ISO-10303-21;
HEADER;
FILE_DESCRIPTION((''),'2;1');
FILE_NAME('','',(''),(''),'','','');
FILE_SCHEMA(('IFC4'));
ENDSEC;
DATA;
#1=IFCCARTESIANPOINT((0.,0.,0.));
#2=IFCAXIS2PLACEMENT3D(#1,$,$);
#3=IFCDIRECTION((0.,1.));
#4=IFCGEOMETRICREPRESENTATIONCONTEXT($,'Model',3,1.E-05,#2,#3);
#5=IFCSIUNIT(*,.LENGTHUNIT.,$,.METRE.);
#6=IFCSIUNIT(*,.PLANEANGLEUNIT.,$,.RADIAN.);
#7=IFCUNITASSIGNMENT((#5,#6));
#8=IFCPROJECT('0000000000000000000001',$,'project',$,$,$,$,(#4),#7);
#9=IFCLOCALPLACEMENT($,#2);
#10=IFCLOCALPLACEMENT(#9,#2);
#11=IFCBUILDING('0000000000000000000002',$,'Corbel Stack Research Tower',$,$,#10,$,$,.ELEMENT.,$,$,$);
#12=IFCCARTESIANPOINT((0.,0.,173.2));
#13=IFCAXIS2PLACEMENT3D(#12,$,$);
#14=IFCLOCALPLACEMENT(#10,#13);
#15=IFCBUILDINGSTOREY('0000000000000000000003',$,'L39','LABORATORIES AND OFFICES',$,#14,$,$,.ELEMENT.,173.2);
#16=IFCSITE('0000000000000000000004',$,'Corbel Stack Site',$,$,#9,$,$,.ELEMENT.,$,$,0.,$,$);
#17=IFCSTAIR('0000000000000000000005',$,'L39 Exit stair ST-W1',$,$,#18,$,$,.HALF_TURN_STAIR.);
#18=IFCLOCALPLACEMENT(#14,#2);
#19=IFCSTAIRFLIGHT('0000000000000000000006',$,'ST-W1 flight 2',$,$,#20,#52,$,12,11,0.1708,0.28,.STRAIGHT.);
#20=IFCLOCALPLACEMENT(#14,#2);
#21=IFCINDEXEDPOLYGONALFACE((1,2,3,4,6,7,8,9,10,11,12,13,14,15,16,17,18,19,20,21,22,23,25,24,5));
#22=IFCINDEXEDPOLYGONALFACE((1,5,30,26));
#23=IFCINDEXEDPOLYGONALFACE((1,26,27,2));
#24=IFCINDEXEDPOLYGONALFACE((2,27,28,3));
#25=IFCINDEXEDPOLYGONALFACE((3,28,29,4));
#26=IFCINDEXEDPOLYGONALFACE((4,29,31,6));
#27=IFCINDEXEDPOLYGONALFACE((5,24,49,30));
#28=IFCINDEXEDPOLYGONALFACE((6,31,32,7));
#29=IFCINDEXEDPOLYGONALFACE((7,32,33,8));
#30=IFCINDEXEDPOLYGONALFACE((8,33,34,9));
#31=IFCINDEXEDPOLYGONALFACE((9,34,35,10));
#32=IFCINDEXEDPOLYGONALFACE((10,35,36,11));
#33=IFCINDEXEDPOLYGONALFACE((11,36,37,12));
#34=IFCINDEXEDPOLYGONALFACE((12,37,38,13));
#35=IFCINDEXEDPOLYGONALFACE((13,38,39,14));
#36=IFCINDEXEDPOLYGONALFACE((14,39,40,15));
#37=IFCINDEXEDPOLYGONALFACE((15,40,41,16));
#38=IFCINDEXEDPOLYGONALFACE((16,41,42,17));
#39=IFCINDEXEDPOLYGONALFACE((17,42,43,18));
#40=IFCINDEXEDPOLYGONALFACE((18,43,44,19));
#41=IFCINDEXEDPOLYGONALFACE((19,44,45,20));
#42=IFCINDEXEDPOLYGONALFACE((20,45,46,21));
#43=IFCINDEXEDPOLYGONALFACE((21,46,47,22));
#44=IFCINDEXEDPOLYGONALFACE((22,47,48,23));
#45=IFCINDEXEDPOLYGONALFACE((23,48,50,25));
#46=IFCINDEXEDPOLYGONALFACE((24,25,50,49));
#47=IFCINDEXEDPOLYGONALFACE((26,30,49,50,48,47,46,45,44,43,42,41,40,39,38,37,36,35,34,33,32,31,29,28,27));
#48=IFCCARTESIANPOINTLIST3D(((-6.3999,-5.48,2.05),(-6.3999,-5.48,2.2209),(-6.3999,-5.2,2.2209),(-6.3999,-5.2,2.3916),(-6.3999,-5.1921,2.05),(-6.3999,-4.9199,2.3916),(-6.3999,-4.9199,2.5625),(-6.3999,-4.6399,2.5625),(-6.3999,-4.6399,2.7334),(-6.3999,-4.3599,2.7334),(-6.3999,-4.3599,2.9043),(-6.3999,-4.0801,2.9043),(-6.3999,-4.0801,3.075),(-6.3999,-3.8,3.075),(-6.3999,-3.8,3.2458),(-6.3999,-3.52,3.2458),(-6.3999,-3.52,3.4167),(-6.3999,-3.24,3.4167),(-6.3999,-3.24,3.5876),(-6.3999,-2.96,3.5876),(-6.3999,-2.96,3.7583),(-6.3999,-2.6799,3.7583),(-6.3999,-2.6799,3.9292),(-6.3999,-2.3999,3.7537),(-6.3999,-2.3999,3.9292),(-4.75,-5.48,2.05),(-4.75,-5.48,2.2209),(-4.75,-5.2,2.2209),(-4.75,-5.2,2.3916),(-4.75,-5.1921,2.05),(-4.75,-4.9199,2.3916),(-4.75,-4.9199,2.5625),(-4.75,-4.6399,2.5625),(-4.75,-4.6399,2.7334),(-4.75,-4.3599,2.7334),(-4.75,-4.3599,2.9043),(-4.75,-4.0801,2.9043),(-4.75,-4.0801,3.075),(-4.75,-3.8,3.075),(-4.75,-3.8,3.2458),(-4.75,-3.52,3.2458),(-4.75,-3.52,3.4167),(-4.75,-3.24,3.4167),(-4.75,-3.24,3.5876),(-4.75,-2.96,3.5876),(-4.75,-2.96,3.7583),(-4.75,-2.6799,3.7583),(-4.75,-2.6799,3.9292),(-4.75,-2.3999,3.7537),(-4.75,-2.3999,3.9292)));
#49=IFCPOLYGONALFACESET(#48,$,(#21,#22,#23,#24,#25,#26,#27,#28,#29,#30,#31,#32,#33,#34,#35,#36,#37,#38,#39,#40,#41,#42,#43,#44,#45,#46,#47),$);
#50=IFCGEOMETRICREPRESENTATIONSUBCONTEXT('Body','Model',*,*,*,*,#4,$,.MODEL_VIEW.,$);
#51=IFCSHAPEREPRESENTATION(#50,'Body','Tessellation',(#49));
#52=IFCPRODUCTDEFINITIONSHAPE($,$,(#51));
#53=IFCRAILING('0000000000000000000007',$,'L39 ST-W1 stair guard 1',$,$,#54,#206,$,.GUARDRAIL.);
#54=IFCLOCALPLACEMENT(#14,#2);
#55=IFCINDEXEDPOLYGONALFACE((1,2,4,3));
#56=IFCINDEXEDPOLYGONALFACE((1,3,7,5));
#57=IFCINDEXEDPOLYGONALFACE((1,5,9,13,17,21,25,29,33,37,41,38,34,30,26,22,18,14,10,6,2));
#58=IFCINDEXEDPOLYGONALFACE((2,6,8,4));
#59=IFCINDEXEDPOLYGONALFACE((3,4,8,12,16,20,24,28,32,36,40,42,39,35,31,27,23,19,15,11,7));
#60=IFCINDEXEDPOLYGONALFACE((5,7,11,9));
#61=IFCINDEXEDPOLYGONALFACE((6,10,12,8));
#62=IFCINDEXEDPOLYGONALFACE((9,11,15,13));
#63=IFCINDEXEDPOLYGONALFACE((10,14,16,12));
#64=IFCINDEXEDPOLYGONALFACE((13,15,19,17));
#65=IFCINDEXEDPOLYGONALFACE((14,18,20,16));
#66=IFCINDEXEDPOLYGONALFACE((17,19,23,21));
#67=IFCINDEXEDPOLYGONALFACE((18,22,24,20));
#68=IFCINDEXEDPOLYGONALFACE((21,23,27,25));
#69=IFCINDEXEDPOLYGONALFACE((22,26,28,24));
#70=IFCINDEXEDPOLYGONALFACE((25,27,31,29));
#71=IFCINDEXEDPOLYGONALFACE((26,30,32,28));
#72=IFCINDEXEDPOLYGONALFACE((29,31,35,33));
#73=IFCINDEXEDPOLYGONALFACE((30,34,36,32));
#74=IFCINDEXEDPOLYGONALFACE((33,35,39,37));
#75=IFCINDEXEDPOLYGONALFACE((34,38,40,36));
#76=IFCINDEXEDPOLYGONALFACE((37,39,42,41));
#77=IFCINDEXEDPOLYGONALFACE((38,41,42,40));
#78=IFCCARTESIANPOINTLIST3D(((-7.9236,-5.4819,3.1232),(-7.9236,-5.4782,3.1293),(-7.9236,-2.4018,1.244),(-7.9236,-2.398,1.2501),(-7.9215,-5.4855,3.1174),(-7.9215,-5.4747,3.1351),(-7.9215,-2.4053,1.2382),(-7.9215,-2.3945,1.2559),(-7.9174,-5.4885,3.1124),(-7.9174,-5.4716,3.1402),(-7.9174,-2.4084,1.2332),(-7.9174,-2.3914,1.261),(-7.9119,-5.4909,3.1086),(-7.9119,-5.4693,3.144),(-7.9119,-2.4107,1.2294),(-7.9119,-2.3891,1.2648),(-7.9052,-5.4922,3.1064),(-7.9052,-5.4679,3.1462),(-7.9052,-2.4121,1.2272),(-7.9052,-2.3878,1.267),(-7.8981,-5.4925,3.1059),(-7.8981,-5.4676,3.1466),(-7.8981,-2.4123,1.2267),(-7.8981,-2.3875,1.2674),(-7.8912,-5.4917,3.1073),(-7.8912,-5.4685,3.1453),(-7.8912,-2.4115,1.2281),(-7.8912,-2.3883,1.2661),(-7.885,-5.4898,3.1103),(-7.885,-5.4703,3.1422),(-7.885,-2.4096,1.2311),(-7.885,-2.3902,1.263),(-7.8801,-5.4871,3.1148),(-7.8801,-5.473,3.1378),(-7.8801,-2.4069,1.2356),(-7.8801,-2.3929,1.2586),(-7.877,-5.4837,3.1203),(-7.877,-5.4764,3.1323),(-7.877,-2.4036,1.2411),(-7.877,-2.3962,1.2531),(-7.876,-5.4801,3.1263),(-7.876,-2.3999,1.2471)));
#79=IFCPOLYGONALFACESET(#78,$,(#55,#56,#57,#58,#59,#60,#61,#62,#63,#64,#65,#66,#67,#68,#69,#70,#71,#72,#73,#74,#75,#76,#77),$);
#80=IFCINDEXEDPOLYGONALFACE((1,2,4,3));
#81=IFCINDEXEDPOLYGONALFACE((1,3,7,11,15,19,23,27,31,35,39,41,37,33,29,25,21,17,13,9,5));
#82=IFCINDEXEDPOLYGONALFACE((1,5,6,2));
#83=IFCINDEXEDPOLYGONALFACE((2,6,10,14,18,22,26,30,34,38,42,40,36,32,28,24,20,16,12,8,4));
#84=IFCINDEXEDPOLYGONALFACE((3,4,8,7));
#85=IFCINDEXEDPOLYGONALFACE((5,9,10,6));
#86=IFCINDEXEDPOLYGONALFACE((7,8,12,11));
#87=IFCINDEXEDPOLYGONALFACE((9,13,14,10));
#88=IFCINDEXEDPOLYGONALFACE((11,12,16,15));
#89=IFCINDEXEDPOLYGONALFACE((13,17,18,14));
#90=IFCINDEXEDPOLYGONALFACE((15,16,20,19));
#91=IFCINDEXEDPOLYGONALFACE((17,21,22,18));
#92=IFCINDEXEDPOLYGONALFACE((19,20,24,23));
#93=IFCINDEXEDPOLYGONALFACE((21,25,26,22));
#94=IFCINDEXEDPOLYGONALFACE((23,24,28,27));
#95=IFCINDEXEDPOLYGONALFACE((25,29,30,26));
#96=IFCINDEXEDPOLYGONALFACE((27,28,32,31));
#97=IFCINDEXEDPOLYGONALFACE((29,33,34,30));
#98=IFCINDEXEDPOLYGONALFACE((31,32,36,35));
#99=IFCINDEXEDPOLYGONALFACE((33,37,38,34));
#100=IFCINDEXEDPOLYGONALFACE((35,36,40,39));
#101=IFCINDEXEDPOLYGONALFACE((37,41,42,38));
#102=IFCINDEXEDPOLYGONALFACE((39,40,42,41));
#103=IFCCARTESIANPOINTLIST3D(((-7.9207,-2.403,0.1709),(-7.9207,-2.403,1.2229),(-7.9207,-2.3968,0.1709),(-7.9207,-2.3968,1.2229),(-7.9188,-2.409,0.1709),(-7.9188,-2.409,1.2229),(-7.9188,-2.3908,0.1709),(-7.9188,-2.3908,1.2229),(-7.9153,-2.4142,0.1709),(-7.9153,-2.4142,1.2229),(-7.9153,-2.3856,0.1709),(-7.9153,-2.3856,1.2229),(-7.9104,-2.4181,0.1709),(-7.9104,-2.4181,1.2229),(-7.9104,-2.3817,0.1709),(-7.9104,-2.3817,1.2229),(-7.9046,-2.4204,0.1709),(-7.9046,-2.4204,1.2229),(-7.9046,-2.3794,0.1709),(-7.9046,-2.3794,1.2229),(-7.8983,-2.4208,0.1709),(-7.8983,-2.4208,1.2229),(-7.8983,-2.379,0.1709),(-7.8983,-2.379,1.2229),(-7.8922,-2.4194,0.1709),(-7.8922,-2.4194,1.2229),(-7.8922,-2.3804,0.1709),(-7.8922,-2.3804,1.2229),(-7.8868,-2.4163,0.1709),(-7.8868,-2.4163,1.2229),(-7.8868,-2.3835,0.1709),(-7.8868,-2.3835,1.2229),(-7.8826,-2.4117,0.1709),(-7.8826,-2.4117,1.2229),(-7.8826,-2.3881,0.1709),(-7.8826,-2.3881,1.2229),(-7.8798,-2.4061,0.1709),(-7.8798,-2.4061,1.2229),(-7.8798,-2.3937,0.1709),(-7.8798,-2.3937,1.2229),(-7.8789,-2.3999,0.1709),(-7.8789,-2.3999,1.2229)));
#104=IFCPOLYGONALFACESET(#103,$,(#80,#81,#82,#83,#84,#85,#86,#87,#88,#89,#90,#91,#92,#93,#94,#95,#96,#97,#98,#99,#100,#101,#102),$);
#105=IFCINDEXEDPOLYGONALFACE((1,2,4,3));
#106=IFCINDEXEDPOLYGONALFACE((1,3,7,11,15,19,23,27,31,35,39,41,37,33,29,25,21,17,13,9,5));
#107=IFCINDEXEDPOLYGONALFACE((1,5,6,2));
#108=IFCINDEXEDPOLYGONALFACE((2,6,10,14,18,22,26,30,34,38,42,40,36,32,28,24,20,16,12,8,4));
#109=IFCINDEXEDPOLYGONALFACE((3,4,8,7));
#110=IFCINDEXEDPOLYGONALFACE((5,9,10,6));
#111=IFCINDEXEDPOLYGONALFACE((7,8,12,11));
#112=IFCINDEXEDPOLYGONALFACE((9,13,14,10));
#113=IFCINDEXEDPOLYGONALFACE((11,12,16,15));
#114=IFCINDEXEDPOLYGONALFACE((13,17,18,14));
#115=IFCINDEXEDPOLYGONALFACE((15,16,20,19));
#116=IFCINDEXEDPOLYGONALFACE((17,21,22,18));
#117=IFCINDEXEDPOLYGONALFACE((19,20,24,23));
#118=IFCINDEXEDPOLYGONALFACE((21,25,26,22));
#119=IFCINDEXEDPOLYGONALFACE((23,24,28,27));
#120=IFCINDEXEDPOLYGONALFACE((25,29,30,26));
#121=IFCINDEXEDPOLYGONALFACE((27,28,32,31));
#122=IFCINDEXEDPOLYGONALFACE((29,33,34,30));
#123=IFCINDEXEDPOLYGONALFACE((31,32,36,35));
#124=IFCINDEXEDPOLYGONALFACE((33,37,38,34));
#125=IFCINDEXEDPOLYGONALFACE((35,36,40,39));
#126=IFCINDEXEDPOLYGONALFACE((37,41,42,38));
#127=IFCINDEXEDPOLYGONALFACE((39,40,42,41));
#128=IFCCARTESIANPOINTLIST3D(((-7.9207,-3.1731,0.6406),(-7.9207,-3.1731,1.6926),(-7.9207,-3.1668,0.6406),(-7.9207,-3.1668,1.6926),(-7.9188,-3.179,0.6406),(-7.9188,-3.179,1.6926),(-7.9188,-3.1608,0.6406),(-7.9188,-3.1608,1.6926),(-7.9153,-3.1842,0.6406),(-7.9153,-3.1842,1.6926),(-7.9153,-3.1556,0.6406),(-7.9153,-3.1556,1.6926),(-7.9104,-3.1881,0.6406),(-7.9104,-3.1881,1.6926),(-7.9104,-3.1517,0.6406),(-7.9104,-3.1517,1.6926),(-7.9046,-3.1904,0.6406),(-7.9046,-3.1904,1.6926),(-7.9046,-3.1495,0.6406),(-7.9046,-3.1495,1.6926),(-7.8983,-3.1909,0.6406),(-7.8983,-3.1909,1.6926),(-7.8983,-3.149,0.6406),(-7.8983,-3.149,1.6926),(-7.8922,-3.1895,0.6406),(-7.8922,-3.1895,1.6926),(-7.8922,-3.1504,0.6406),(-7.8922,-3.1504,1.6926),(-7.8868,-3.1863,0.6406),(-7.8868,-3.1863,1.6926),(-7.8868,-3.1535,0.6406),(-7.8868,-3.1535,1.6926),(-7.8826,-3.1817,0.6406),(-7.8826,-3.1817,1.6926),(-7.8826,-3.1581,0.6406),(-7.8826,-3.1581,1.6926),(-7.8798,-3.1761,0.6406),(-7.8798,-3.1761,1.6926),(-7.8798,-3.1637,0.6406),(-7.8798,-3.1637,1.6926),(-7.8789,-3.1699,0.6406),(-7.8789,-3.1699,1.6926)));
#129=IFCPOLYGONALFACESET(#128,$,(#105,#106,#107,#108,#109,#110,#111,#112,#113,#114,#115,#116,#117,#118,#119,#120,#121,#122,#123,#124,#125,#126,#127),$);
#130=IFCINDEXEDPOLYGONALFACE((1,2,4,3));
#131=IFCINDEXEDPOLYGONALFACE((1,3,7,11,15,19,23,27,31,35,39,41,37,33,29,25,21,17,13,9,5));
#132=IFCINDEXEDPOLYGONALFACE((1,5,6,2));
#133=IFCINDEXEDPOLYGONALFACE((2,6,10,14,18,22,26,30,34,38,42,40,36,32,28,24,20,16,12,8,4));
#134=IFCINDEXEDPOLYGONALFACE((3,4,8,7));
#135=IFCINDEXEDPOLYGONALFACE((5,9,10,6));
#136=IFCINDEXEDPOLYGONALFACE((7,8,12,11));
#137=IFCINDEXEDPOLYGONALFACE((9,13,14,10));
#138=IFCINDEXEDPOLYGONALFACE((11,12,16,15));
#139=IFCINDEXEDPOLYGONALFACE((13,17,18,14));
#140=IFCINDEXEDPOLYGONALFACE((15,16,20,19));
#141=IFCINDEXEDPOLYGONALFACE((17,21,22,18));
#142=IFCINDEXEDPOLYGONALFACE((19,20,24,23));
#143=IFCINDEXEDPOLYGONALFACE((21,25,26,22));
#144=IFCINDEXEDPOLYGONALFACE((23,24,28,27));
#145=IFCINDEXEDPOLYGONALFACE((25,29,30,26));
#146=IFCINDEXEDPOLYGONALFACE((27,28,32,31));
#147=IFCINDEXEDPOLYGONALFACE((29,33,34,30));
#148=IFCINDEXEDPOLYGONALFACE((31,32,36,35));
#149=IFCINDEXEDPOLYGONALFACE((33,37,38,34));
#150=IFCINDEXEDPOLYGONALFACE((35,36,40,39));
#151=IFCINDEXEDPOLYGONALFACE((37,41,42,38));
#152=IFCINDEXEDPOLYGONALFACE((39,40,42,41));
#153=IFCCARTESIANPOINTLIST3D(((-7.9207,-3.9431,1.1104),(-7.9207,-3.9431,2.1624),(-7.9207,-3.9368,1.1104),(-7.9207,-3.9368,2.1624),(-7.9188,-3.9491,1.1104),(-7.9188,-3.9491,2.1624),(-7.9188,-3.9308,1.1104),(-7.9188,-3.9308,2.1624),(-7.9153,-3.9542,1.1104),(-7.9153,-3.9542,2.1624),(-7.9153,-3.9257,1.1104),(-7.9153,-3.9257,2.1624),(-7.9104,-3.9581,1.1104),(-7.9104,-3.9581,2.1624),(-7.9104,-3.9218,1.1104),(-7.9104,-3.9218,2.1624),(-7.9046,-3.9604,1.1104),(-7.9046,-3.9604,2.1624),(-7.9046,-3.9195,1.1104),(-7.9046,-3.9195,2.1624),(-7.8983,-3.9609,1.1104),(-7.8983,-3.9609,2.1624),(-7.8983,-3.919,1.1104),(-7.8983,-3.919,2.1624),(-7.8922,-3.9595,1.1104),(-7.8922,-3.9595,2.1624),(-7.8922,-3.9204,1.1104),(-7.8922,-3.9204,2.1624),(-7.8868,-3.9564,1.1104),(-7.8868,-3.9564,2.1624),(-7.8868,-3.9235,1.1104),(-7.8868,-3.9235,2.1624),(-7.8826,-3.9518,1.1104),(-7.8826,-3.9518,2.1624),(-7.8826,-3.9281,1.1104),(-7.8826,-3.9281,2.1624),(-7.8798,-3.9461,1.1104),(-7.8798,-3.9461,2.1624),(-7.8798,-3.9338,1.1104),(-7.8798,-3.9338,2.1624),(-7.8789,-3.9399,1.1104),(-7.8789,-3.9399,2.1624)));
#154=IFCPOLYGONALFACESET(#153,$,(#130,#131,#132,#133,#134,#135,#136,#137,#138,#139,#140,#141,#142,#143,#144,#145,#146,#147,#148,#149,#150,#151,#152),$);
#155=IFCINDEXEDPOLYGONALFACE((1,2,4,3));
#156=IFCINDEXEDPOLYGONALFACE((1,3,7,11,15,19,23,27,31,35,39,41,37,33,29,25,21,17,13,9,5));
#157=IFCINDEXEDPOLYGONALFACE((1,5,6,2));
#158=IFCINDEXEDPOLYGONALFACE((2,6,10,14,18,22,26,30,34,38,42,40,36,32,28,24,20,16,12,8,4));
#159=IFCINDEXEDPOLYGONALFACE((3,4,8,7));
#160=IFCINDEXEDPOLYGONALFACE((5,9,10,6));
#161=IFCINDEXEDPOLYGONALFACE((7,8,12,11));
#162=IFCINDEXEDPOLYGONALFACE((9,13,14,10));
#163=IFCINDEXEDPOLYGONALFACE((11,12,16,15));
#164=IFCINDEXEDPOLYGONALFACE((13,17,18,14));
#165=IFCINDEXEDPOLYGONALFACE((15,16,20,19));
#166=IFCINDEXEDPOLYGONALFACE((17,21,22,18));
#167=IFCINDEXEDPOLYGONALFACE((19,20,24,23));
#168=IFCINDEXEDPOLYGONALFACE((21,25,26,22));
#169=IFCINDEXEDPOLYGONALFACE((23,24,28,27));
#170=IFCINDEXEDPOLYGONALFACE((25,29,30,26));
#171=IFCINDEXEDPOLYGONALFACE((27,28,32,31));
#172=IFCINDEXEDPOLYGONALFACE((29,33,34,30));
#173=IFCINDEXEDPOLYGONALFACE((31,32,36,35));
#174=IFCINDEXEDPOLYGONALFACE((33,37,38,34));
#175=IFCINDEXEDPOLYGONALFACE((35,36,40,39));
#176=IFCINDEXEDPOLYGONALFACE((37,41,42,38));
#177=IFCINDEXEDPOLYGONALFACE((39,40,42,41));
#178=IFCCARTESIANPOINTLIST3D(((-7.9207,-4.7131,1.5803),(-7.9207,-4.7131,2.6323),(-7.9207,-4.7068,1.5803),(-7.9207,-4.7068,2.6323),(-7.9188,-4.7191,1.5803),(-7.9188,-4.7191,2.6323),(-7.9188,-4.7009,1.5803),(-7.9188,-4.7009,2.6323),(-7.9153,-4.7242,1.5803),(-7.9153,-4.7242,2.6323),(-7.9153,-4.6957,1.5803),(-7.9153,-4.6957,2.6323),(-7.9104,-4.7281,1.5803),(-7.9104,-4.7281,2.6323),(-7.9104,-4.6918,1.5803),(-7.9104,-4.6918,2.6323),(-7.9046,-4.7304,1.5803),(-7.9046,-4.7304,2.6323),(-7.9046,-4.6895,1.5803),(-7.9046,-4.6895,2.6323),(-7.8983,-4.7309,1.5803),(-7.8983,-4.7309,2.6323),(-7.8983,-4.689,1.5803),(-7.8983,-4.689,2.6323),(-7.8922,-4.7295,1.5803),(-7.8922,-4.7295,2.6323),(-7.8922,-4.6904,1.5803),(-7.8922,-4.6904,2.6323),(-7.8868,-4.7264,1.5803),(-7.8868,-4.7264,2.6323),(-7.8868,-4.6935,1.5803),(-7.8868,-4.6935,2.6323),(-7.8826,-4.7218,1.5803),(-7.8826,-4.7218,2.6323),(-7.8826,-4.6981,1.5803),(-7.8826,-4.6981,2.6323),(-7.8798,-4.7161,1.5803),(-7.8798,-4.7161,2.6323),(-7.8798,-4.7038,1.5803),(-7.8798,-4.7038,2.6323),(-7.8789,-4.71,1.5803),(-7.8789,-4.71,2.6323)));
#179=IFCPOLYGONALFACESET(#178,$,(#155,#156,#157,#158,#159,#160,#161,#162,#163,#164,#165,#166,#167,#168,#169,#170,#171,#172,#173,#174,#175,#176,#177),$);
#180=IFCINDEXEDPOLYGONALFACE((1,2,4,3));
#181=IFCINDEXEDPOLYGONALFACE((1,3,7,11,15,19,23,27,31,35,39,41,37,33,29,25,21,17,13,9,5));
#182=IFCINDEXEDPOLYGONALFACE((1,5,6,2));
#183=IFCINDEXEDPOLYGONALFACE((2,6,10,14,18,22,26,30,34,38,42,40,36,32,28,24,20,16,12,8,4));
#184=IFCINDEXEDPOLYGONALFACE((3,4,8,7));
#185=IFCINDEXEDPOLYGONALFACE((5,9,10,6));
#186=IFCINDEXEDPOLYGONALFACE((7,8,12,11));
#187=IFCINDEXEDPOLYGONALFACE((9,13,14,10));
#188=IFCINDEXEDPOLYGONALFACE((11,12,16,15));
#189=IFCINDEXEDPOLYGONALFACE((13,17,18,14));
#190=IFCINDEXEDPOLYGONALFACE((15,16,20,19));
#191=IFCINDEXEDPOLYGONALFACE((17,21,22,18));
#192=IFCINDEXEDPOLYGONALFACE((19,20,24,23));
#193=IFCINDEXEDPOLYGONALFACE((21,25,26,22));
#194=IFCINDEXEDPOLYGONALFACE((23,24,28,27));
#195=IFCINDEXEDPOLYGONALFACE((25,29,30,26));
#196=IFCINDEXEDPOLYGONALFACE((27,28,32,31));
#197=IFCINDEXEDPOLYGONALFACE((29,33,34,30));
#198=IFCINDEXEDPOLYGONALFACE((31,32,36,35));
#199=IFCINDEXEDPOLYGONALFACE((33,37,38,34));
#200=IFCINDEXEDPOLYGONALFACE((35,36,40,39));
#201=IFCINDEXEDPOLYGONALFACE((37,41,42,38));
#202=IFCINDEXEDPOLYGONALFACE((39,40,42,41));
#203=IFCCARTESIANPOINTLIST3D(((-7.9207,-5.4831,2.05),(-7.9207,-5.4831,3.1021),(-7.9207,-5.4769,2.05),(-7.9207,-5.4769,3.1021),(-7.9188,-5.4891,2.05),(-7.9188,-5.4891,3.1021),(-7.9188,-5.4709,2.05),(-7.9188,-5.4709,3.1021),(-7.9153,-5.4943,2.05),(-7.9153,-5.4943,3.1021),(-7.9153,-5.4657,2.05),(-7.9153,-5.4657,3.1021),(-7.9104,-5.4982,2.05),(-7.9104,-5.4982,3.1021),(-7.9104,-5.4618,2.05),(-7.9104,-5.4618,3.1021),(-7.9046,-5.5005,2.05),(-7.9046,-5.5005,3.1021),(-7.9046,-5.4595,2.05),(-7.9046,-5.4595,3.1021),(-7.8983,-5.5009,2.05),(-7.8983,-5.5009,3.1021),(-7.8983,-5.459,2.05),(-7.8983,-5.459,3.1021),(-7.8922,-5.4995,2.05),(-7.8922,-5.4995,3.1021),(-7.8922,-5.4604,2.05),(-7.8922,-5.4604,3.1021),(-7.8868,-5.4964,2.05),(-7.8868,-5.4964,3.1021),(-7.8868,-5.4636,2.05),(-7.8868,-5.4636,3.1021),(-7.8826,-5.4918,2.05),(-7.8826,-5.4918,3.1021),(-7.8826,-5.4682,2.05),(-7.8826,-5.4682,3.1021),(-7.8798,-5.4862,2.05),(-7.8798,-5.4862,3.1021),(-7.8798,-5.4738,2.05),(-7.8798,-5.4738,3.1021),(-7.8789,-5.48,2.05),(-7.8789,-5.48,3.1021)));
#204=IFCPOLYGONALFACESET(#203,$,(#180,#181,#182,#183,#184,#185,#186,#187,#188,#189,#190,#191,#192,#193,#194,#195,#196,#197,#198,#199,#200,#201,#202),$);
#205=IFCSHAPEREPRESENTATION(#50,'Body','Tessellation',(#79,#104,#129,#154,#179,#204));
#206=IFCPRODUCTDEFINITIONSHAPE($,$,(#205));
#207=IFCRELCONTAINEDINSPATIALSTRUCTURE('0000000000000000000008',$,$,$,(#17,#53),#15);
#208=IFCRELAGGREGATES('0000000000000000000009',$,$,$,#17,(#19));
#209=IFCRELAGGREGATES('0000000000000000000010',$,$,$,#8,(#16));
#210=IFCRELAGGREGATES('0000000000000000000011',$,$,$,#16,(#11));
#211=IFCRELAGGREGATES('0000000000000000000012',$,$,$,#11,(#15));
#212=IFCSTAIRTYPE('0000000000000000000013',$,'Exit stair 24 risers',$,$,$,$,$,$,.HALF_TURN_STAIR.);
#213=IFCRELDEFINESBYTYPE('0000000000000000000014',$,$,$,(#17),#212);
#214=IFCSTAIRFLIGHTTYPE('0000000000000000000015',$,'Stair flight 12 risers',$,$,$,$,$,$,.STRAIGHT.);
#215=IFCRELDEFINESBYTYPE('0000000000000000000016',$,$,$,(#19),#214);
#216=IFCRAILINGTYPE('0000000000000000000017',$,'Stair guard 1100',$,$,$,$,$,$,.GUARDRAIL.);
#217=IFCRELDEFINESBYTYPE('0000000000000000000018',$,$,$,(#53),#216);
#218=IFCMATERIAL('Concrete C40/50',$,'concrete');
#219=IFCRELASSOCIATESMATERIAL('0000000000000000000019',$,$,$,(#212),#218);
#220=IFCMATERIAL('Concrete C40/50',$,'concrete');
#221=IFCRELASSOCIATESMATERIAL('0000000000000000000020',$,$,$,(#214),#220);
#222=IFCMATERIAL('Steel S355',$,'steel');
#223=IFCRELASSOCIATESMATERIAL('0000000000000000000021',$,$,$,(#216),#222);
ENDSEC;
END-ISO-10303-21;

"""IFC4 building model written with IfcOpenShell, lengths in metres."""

from ifc_helpers import new_model, si_unit, direction, frame, origin, origin_2d, place, context, subcontext, project, spatial, polyline, circle, outline, extrude, material, type_object, element, aggregate, save


model = new_model("IFC4")

# Units and contexts
model_context = context("Model", 3, precision=1e-05, world=origin(), true_north=direction((0.0, 1.0)))
body_context = subcontext(model_context, "Body", "Model", "MODEL_VIEW")
ifc_project = project(units=[si_unit("LENGTHUNIT", "METRE"), si_unit("PLANEANGLEUNIT", "RADIAN")], contexts=[model_context])

# Site, building, storey
site_placement = place(None, origin())
site = spatial("IfcSite", under=ifc_project, at=site_placement, Name="Corbel Stack Site", CompositionType="ELEMENT", RefElevation=0.0)
building_placement = place(site_placement, origin())
building = spatial("IfcBuilding", under=site, at=building_placement, Name="Corbel Stack Research Tower", CompositionType="ELEMENT")
storey_placement = place(building_placement, frame((0.0, 0.0, 173.2)))
storey = spatial("IfcBuildingStorey", under=building, at=storey_placement, Name="L39", Description="LABORATORIES AND OFFICES", CompositionType="ELEMENT", Elevation=173.2)

# Stair, stair flight
ifc_material_1 = material(Name="Concrete C40/50", Category="concrete")
stair_type = type_object("IfcStairType", Name="Exit stair 24 risers", PredefinedType="HALF_TURN_STAIR", material=ifc_material_1)
stair_placement = place(storey_placement, origin())
stair = element("IfcStair", 1, at=stair_placement, inside=storey, type_object=stair_type, Name="L39 Exit stair ST-W1", PredefinedType="HALF_TURN_STAIR")
ifc_material_2 = material(Name="Concrete C40/50", Category="concrete")
stair_flight_type = type_object("IfcStairFlightType", Name="Stair flight 12 risers", PredefinedType="STRAIGHT", material=ifc_material_2)
stair_flight_1_placement = place(storey_placement, frame((-5.575, -5.48, 2.05), z_axis=(0.0, 0.0, 1.0), x_axis=(0.0, 1.0, 0.0)))
stair_flight_1 = element("IfcStairFlight", 2, at=stair_flight_1_placement, type_object=stair_flight_type, Name="ST-W1 flight 2", NumberOfRisers=12, NumberOfTreads=11, PredefinedType="STRAIGHT", RiserHeight=0.1708, TreadLength=0.28, context=body_context, shape_type="SweptSolid", body=[
    extrude(outline(polyline([(0.0, 0.0), (0.0, 0.1709), (0.28, 0.1709), (0.28, 0.3416), (0.5601, 0.3416), (0.5601, 0.5125), (0.8401, 0.5125), (0.8401, 0.6833), (1.1201, 0.6833), (1.1201, 0.8542), (1.3999, 0.8542), (1.3999, 1.0249), (1.6799, 1.0249), (1.6799, 1.1958), (1.96, 1.1958), (1.96, 1.3667), (2.24, 1.3667), (2.24, 1.5376), (2.52, 1.5376), (2.52, 1.7083), (2.8, 1.7083), (2.8, 1.8792), (3.0801, 1.8792), (3.0801, 2.05), (3.0801, 1.7036), (0.2878, 0.0), (0.0, 0.0)])), frame((0.0, 0.825, 0.0), z_axis=(0.0, -1.0, 0.0), x_axis=(1.0, 0.0, 0.0)), (0.0, 0.0, 1.0), 1.6499),
])
aggregate(stair, [stair_flight_1])

# Railing
ifc_material_3 = material(Name="Steel S355", Category="steel")
railing_type_1 = type_object("IfcRailingType", Name="Stair guard 1100", PredefinedType="GUARDRAIL", material=ifc_material_3)
railing_1_placement = place(storey_placement, frame((-7.8999, -2.3999, 0.1709)))
element("IfcRailing", 3, at=railing_1_placement, inside=storey, type_object=railing_type_1, Name="L39 ST-W1 stair guard 1", PredefinedType="GUARDRAIL", context=body_context, shape_type="SweptSolid", body=[
    extrude(circle(Radius=0.0239, at=origin_2d()), frame((0.0, 0.0, 1.0762), z_axis=(0.0, -0.853666, 0.52082), x_axis=(1.0, 0.0, 0.0)), (0.0, 0.0, 1.0), 3.6082),
    extrude(circle(Radius=0.021, at=origin_2d()), origin(), (0.0, 0.0, 1.0), 1.052),
    extrude(circle(Radius=0.021, at=origin_2d()), frame((0.0, -0.77, 0.4697)), (0.0, 0.0, 1.0), 1.052),
    extrude(circle(Radius=0.021, at=origin_2d()), frame((0.0, -1.54, 0.9395)), (0.0, 0.0, 1.0), 1.052),
    extrude(circle(Radius=0.021, at=origin_2d()), frame((0.0, -2.3101, 1.4094)), (0.0, 0.0, 1.0), 1.052),
    extrude(circle(Radius=0.021, at=origin_2d()), frame((0.0, -3.0801, 1.8792)), (0.0, 0.0, 1.0), 1.052),
])

save(model, "model.ifc")
